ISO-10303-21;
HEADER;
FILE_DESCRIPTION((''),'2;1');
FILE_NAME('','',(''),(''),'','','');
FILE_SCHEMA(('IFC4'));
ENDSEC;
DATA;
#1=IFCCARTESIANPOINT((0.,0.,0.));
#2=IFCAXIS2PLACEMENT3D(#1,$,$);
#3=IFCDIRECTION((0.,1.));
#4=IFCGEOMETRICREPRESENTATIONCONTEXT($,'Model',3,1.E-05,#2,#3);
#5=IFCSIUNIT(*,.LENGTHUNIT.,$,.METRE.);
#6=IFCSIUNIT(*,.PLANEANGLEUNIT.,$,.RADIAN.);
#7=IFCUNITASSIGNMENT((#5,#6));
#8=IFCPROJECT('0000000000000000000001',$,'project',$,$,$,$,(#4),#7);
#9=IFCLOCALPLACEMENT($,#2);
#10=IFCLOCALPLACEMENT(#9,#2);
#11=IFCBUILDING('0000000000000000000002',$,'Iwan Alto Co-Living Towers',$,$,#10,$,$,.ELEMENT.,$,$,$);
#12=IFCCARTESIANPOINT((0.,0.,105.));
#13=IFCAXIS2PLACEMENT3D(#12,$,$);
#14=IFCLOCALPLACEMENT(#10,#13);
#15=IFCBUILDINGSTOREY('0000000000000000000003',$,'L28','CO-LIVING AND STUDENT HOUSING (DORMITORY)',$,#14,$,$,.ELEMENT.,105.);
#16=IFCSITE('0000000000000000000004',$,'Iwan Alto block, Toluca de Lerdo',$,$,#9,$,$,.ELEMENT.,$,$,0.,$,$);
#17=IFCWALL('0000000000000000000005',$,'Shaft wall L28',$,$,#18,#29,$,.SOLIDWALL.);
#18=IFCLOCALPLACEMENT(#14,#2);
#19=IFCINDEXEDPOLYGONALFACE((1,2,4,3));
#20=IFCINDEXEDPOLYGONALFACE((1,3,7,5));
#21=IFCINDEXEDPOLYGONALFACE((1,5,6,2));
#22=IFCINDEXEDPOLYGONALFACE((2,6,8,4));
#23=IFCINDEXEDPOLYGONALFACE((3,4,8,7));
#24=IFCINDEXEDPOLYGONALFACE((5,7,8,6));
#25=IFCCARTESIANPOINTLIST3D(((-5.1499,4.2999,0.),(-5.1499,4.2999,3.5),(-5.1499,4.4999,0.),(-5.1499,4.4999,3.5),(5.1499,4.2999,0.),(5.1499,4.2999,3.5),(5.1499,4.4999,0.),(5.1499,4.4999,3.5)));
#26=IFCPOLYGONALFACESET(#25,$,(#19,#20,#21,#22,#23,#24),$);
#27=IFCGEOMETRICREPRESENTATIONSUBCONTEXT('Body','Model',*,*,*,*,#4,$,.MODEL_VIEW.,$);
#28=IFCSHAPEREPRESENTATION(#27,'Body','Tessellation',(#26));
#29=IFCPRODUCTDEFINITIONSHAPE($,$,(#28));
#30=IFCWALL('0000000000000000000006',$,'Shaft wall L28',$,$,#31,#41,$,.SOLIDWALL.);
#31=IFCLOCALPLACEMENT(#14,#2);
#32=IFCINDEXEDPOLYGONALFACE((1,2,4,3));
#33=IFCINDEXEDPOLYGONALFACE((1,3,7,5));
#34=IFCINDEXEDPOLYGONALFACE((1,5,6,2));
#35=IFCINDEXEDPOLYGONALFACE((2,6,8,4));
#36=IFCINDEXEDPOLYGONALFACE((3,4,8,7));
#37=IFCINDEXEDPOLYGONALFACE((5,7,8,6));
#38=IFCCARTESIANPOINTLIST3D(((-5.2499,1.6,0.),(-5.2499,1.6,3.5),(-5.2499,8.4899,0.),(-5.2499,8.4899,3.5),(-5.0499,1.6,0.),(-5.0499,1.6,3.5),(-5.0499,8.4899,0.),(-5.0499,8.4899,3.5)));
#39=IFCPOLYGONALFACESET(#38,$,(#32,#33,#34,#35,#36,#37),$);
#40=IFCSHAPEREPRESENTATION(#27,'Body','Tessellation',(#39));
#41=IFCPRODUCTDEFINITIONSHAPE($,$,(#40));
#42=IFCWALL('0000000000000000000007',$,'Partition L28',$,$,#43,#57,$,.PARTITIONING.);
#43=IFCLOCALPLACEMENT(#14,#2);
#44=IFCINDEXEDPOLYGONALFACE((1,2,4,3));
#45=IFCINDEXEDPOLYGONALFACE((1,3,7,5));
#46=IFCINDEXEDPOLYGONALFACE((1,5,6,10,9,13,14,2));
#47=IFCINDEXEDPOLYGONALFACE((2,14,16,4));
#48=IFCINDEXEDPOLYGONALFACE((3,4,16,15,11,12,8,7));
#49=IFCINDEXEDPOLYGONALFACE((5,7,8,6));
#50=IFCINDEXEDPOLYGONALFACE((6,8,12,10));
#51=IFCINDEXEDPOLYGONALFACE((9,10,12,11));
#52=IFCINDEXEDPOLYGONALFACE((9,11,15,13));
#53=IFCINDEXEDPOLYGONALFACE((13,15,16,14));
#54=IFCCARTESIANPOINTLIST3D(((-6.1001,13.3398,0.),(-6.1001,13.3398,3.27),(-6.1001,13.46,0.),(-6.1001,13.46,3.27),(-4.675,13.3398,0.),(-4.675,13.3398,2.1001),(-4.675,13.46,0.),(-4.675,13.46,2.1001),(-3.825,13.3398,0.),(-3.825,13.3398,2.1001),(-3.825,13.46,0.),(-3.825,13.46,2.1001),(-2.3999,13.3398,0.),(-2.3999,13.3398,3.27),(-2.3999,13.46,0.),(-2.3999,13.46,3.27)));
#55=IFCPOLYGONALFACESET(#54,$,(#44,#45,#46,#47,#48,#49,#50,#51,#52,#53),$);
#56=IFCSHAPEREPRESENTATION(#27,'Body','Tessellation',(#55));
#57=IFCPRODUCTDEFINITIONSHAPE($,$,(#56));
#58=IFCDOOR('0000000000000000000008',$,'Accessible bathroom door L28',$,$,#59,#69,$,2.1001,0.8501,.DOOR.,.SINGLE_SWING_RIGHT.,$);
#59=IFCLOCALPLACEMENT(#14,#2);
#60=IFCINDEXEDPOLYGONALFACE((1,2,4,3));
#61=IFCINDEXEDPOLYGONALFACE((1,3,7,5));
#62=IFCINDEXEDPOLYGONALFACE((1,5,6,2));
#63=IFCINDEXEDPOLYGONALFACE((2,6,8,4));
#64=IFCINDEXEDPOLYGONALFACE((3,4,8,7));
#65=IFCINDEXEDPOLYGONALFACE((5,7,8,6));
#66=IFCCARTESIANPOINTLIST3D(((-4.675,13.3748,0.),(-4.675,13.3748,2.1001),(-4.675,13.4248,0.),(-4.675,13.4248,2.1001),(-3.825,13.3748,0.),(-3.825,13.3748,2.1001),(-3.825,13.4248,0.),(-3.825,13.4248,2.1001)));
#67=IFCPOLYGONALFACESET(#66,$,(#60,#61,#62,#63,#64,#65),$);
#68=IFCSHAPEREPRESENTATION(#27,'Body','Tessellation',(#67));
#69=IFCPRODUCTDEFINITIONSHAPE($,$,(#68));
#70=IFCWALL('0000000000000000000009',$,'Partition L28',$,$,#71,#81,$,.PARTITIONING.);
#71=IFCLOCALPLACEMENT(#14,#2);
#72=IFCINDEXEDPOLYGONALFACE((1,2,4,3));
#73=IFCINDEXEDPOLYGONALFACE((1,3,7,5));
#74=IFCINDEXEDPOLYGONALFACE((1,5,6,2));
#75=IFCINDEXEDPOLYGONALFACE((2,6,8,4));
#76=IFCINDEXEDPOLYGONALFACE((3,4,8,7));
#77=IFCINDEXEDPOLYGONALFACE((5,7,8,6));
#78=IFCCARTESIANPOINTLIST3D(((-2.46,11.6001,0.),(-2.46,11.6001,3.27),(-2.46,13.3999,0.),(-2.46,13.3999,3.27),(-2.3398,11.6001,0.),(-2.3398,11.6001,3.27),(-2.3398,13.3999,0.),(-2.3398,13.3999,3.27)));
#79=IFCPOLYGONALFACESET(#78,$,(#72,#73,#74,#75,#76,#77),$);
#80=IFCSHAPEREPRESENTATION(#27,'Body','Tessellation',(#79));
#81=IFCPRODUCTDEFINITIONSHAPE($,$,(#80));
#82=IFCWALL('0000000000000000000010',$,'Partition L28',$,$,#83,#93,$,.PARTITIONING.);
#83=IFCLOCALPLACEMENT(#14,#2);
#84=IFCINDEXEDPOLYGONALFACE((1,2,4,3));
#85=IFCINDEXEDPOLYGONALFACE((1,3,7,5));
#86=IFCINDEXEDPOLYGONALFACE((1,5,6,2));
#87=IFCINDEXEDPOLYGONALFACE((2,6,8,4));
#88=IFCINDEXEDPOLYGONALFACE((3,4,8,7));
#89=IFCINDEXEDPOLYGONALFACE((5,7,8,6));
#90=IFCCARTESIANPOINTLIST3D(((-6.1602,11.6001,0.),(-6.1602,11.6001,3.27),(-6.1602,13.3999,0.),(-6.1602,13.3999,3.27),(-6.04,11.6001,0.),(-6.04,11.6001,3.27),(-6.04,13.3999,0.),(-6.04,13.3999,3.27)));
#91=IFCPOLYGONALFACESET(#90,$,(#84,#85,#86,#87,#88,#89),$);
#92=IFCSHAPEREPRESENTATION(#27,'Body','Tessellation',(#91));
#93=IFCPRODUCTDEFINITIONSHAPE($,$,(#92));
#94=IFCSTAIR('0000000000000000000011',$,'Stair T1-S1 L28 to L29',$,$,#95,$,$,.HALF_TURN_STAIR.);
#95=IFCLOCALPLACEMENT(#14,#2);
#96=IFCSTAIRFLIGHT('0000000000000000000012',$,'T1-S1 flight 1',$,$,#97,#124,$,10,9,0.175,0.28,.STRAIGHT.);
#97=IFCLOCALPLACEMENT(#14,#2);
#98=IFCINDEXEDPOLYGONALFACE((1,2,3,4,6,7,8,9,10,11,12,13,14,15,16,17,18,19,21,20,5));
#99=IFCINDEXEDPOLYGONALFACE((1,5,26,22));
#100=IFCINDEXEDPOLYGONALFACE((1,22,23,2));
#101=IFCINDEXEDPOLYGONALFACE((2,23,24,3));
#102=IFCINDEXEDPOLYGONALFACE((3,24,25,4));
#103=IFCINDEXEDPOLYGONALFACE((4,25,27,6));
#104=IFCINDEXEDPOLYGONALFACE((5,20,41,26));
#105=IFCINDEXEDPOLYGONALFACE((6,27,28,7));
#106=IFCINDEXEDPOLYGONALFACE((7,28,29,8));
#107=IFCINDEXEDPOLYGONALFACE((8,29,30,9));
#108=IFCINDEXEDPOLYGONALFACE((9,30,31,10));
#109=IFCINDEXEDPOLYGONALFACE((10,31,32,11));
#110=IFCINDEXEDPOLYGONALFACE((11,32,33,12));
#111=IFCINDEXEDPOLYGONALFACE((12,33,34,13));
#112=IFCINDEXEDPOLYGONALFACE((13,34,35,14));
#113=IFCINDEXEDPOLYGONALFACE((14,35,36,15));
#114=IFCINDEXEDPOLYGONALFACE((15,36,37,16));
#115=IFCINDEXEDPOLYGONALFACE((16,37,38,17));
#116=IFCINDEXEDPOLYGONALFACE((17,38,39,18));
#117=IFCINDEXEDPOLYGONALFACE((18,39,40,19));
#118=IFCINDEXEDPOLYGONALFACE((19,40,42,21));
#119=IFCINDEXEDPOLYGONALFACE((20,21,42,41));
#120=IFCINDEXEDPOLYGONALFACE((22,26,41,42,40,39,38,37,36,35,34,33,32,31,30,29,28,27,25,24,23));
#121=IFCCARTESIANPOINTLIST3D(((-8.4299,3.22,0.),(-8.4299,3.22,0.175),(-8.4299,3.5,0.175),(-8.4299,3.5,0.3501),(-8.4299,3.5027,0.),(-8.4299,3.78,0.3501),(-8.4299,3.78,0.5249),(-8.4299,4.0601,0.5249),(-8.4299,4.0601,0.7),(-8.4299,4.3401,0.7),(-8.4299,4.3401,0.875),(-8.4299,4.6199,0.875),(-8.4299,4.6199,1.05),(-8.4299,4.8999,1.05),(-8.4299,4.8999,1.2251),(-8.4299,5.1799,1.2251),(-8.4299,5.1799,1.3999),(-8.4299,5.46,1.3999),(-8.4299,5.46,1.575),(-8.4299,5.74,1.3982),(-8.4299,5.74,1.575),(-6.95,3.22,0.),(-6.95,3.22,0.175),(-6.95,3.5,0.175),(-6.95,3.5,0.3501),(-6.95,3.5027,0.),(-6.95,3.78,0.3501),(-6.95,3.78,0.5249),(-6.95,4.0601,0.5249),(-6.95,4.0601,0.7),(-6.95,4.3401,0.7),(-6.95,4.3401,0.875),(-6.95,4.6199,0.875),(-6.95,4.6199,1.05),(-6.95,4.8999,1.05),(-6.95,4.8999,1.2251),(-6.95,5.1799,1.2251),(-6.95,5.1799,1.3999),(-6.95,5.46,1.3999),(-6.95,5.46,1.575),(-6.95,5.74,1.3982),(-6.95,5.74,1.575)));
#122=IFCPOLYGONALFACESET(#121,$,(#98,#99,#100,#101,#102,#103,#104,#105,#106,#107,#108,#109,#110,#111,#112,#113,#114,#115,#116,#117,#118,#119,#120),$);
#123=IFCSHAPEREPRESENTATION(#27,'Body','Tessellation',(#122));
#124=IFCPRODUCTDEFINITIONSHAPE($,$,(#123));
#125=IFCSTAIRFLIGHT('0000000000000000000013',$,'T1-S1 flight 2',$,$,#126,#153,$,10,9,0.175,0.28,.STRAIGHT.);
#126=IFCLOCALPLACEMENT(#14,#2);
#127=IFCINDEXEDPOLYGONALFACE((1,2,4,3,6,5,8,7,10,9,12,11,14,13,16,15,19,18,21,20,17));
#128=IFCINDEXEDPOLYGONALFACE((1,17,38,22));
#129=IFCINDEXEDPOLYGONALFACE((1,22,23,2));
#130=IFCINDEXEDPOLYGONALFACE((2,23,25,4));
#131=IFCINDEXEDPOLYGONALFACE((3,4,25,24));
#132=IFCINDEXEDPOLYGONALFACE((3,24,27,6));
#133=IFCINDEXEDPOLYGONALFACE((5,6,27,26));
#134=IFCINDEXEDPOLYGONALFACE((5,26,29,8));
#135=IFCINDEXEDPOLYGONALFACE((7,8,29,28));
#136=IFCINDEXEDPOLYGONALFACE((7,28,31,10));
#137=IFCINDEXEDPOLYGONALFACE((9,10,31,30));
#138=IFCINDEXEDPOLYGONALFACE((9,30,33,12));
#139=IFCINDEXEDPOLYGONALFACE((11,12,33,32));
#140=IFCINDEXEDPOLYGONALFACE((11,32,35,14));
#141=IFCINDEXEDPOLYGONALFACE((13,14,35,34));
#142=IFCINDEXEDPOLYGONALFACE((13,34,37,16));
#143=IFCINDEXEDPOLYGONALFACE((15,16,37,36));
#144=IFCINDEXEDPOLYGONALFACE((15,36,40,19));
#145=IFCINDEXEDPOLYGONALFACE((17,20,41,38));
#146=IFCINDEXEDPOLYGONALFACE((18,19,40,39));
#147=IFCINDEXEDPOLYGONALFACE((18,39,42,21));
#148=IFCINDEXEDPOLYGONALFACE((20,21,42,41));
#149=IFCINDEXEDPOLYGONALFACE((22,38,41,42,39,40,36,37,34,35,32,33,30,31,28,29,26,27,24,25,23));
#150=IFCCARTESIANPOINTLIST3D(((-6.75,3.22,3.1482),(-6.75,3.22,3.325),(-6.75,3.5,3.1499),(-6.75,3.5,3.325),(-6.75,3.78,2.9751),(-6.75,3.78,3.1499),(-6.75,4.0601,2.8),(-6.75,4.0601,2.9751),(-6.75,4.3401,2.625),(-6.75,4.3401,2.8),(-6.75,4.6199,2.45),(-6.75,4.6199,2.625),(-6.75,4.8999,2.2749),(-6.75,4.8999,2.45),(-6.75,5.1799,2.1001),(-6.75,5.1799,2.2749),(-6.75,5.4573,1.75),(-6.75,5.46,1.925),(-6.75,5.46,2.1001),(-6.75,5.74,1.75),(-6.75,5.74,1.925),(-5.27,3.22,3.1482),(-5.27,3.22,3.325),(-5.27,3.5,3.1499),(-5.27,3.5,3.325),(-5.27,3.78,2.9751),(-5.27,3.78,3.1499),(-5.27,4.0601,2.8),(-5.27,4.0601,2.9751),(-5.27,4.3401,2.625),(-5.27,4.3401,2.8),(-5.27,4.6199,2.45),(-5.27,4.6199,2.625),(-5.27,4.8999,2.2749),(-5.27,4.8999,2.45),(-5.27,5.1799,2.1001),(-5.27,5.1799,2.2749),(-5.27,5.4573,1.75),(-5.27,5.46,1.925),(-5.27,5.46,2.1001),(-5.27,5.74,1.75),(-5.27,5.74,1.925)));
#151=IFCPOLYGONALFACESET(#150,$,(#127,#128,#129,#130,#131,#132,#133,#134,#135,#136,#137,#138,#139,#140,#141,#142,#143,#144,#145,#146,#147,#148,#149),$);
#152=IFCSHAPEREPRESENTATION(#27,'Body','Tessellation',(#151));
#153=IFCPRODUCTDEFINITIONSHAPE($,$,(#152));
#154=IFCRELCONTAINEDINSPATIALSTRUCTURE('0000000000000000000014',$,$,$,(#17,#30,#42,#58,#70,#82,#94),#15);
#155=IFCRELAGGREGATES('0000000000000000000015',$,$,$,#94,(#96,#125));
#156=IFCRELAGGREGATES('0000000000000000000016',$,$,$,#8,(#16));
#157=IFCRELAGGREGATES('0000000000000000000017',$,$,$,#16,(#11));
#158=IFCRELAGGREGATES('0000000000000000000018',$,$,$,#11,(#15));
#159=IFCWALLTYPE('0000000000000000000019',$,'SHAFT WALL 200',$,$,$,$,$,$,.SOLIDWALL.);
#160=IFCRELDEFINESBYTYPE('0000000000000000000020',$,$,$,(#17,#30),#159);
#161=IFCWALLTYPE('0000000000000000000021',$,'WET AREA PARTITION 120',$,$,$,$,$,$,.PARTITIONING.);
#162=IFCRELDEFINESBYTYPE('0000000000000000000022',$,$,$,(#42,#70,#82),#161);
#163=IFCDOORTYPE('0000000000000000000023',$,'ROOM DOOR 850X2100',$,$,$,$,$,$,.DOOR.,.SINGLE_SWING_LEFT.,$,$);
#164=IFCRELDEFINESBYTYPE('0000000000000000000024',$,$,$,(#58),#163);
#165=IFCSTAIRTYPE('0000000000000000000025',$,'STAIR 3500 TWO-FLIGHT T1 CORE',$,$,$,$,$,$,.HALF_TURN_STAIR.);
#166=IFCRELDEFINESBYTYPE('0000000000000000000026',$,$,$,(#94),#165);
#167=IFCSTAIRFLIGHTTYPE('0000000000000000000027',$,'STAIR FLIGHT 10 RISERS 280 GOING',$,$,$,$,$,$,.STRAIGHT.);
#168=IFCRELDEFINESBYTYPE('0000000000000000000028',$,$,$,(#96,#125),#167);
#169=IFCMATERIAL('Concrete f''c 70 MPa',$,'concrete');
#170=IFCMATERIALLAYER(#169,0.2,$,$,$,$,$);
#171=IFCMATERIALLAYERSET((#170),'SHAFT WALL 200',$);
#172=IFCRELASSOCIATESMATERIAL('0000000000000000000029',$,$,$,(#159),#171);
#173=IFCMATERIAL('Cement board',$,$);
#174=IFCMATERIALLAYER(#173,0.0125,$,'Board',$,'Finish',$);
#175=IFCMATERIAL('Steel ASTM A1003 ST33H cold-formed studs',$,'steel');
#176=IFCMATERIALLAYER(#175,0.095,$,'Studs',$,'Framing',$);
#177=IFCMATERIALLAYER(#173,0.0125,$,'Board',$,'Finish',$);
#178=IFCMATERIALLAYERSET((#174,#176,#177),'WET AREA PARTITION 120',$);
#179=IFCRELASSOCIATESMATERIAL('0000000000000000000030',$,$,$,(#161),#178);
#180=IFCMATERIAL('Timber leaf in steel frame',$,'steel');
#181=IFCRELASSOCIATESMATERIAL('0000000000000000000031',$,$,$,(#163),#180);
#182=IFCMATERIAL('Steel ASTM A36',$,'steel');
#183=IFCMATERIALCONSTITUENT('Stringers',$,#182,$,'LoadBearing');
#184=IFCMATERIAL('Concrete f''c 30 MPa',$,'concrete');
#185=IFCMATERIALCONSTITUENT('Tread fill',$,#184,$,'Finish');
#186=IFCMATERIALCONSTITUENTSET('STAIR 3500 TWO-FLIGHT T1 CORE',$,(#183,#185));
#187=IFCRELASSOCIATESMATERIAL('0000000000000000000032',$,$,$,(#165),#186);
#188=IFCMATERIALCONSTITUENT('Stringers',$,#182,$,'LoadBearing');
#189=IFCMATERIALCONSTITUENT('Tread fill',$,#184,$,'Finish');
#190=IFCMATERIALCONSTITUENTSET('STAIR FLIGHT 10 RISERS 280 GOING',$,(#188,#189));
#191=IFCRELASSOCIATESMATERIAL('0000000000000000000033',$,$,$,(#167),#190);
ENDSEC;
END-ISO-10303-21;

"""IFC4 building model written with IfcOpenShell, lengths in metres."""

from ifc_helpers import new_model, si_unit, direction, frame, frame_2d, origin, place, context, subcontext, project, spatial, polyline, rectangle, outline, extrude, material, layer, layer_set, constituent, constituent_set, type_object, element, fill, aggregate, save


model = new_model("IFC4")

# Units and contexts
model_context = context("Model", 3, precision=1e-05, world=origin(), true_north=direction((0.0, 1.0)))
body_context = subcontext(model_context, "Body", "Model", "MODEL_VIEW")
ifc_project = project(units=[si_unit("LENGTHUNIT", "METRE"), si_unit("PLANEANGLEUNIT", "RADIAN")], contexts=[model_context])

# Site, building, storey
site_placement = place(None, origin())
site = spatial("IfcSite", under=ifc_project, at=site_placement, Name="Iwan Alto block, Toluca de Lerdo", CompositionType="ELEMENT", RefElevation=0.0)
building_placement = place(site_placement, origin())
building = spatial("IfcBuilding", under=site, at=building_placement, Name="Iwan Alto Co-Living Towers", CompositionType="ELEMENT")
storey_placement = place(building_placement, frame((0.0, 0.0, 105.0)))
storey = spatial("IfcBuildingStorey", under=building, at=storey_placement, Name="L28", Description="CO-LIVING AND STUDENT HOUSING (DORMITORY)", CompositionType="ELEMENT", Elevation=105.0)

# Walls
ifc_material_1 = material(Name="Concrete f'c 70 MPa", Category="concrete")
ifc_layer_1 = layer(ifc_material_1, 0.2)
ifc_layer_set_1 = layer_set([ifc_layer_1], Name="SHAFT WALL 200")
wall_type_1 = type_object("IfcWallType", Name="SHAFT WALL 200", PredefinedType="SOLIDWALL", material=ifc_layer_set_1)
wall_1_placement = place(storey_placement, frame((-5.1499, 4.3999, 0.0), z_axis=(0.0, 0.0, 1.0), x_axis=(1.0, 0.0, 0.0)))
element("IfcWall", 1, at=wall_1_placement, inside=storey, type_object=wall_type_1, Name="Shaft wall L28", PredefinedType="SOLIDWALL", context=body_context, shape_type="SweptSolid", body=[
    extrude(rectangle(XDim=10.2998, YDim=0.2, at=frame_2d((5.1499, 0.0))), origin(), (0.0, 0.0, 1.0), 3.5),
])
wall_2_placement = place(storey_placement, frame((-5.1499, 1.6001, 0.0), z_axis=(0.0, 0.0, 1.0), x_axis=(0.0, 1.0, 0.0)))
element("IfcWall", 2, at=wall_2_placement, inside=storey, type_object=wall_type_1, Name="Shaft wall L28", PredefinedType="SOLIDWALL", context=body_context, shape_type="SweptSolid", body=[
    extrude(rectangle(XDim=6.8899, YDim=0.2, at=frame_2d((3.4448, 0.0))), origin(), (0.0, 0.0, 1.0), 3.5),
])

# Wall, opening, door
ifc_material_2 = material(Name="Cement board")
ifc_layer_2 = layer(ifc_material_2, 0.0125, Name="Board", Category="Finish")
ifc_material_3 = material(Name="Steel ASTM A1003 ST33H cold-formed studs", Category="steel")
ifc_layer_3 = layer(ifc_material_3, 0.095, Name="Studs", Category="Framing")
ifc_layer_4 = layer(ifc_material_2, 0.0125, Name="Board", Category="Finish")
ifc_layer_set_2 = layer_set([ifc_layer_2, ifc_layer_3, ifc_layer_4], Name="WET AREA PARTITION 120")
wall_type_2 = type_object("IfcWallType", Name="WET AREA PARTITION 120", PredefinedType="PARTITIONING", material=ifc_layer_set_2)
wall_3_placement = place(storey_placement, frame((-6.1001, 13.3999, 0.0), z_axis=(0.0, 0.0, 1.0), x_axis=(1.0, 0.0, 0.0)))
wall_3 = element("IfcWall", 3, at=wall_3_placement, inside=storey, type_object=wall_type_2, Name="Partition L28", PredefinedType="PARTITIONING", context=body_context, shape_type="SweptSolid", body=[
    extrude(rectangle(XDim=3.7002, YDim=0.1201, at=frame_2d((1.8501, 0.0))), origin(), (0.0, 0.0, 1.0), 3.27),
])
opening_placement = place(wall_3_placement, frame((1.425, 0.0, 0.0)))
opening = element("IfcOpeningElement", 4, at=opening_placement, cuts=wall_3, PredefinedType="OPENING", context=body_context, shape_type="SweptSolid", body=[
    extrude(rectangle(XDim=0.8501, YDim=2.1001, at=frame_2d((0.425, 1.05))), frame((0.0, 0.0701, 0.0), z_axis=(0.0, -1.0, 0.0), x_axis=(1.0, 0.0, 0.0)), (0.0, 0.0, 1.0), 0.1401),
])
ifc_material_4 = material(Name="Timber leaf in steel frame", Category="steel")
door_type = type_object("IfcDoorType", Name="ROOM DOOR 850X2100", OperationType="SINGLE_SWING_LEFT", PredefinedType="DOOR", material=ifc_material_4)
door_placement = place(opening_placement, origin())
door = element("IfcDoor", 5, at=door_placement, inside=storey, type_object=door_type, Name="Accessible bathroom door L28", OperationType="SINGLE_SWING_RIGHT", OverallHeight=2.1001, OverallWidth=0.8501, PredefinedType="DOOR", context=body_context, shape_type="SweptSolid", body=[
    extrude(rectangle(XDim=0.8501, YDim=2.1001, at=frame_2d((0.425, 1.05))), frame((0.0, 0.0249, 0.0), z_axis=(0.0, -1.0, 0.0), x_axis=(1.0, 0.0, 0.0)), (0.0, 0.0, 1.0), 0.05),
])
fill(opening, door)

# Walls
for number, where, z_axis, x_axis, name in (
    (6, (-2.3999, 11.6001, 0.0), (0.0, 0.0, 1.0), (0.0, 1.0, 0.0), "Partition L28"),
    (7, (-6.1001, 11.6001, 0.0), (0.0, 0.0, 1.0), (0.0, 1.0, 0.0), "Partition L28"),
):
    element("IfcWall", number, at=place(storey_placement, frame(where, z_axis=z_axis, x_axis=x_axis)), inside=storey, type_object=wall_type_2, Name=name, PredefinedType="PARTITIONING", context=body_context, shape_type="SweptSolid", body=[
        extrude(rectangle(XDim=1.7998, YDim=0.1201, at=frame_2d((0.8999, 0.0))), origin(), (0.0, 0.0, 1.0), 3.27),
    ])

# Stair, stair flights
ifc_material_5 = material(Name="Steel ASTM A36", Category="steel")
ifc_constituent_1 = constituent(ifc_material_5, Name="Stringers", Category="LoadBearing")
ifc_material_6 = material(Name="Concrete f'c 30 MPa", Category="concrete")
ifc_constituent_2 = constituent(ifc_material_6, Name="Tread fill", Category="Finish")
ifc_constituent_set_1 = constituent_set(constituents=[ifc_constituent_1, ifc_constituent_2], Name="STAIR 3500 TWO-FLIGHT T1 CORE")
stair_type = type_object("IfcStairType", Name="STAIR 3500 TWO-FLIGHT T1 CORE", PredefinedType="HALF_TURN_STAIR", material=ifc_constituent_set_1)
stair_placement = place(storey_placement, origin())
stair = element("IfcStair", 8, at=stair_placement, inside=storey, type_object=stair_type, Name="Stair T1-S1 L28 to L29", PredefinedType="HALF_TURN_STAIR")
ifc_constituent_3 = constituent(ifc_material_5, Name="Stringers", Category="LoadBearing")
ifc_constituent_4 = constituent(ifc_material_6, Name="Tread fill", Category="Finish")
ifc_constituent_set_2 = constituent_set(constituents=[ifc_constituent_3, ifc_constituent_4], Name="STAIR FLIGHT 10 RISERS 280 GOING")
stair_flight_type = type_object("IfcStairFlightType", Name="STAIR FLIGHT 10 RISERS 280 GOING", PredefinedType="STRAIGHT", material=ifc_constituent_set_2)
stair_flight_1_placement = place(storey_placement, frame((-7.6899, 3.22, 0.0), z_axis=(0.0, 0.0, 1.0), x_axis=(0.0, 1.0, 0.0)))
stair_flight_1 = element("IfcStairFlight", 9, at=stair_flight_1_placement, type_object=stair_flight_type, Name="T1-S1 flight 1", NumberOfRisers=10, NumberOfTreads=9, PredefinedType="STRAIGHT", RiserHeight=0.175, TreadLength=0.28, context=body_context, shape_type="SweptSolid", body=[
    extrude(outline(polyline([(0.0, 0.0), (0.0, 0.175), (0.28, 0.175), (0.28, 0.3501), (0.5601, 0.3501), (0.5601, 0.5249), (0.8401, 0.5249), (0.8401, 0.7), (1.1201, 0.7), (1.1201, 0.875), (1.3999, 0.875), (1.3999, 1.05), (1.6799, 1.05), (1.6799, 1.2251), (1.96, 1.2251), (1.96, 1.3999), (2.24, 1.3999), (2.24, 1.575), (2.52, 1.575), (2.52, 1.75), (2.52, 1.3982), (0.2827, 0.0), (0.0, 0.0)])), frame((0.0, 0.74, 0.0), z_axis=(0.0, -1.0, 0.0), x_axis=(1.0, 0.0, 0.0)), (0.0, 0.0, 1.0), 1.48),
])
stair_flight_2_placement = place(storey_placement, frame((-6.01, 5.74, 1.75), z_axis=(0.0, 0.0, 1.0), x_axis=(0.0, -1.0, 0.0)))
stair_flight_2 = element("IfcStairFlight", 10, at=stair_flight_2_placement, type_object=stair_flight_type, Name="T1-S1 flight 2", NumberOfRisers=10, NumberOfTreads=9, PredefinedType="STRAIGHT", RiserHeight=0.175, TreadLength=0.28, context=body_context, shape_type="SweptSolid", body=[
    extrude(outline(polyline([(0.0, 0.0), (0.0, 0.175), (0.28, 0.175), (0.28, 0.3501), (0.5601, 0.3501), (0.5601, 0.5249), (0.8401, 0.5249), (0.8401, 0.7), (1.1201, 0.7), (1.1201, 0.875), (1.3999, 0.875), (1.3999, 1.05), (1.6799, 1.05), (1.6799, 1.2251), (1.96, 1.2251), (1.96, 1.3999), (2.24, 1.3999), (2.24, 1.575), (2.52, 1.575), (2.52, 1.75), (2.52, 1.3982), (0.2827, 0.0), (0.0, 0.0)])), frame((0.0, 0.74, 0.0), z_axis=(0.0, -1.0, 0.0), x_axis=(1.0, 0.0, 0.0)), (0.0, 0.0, 1.0), 1.48),
])
aggregate(stair, [stair_flight_1, stair_flight_2])

save(model, "model.ifc")
